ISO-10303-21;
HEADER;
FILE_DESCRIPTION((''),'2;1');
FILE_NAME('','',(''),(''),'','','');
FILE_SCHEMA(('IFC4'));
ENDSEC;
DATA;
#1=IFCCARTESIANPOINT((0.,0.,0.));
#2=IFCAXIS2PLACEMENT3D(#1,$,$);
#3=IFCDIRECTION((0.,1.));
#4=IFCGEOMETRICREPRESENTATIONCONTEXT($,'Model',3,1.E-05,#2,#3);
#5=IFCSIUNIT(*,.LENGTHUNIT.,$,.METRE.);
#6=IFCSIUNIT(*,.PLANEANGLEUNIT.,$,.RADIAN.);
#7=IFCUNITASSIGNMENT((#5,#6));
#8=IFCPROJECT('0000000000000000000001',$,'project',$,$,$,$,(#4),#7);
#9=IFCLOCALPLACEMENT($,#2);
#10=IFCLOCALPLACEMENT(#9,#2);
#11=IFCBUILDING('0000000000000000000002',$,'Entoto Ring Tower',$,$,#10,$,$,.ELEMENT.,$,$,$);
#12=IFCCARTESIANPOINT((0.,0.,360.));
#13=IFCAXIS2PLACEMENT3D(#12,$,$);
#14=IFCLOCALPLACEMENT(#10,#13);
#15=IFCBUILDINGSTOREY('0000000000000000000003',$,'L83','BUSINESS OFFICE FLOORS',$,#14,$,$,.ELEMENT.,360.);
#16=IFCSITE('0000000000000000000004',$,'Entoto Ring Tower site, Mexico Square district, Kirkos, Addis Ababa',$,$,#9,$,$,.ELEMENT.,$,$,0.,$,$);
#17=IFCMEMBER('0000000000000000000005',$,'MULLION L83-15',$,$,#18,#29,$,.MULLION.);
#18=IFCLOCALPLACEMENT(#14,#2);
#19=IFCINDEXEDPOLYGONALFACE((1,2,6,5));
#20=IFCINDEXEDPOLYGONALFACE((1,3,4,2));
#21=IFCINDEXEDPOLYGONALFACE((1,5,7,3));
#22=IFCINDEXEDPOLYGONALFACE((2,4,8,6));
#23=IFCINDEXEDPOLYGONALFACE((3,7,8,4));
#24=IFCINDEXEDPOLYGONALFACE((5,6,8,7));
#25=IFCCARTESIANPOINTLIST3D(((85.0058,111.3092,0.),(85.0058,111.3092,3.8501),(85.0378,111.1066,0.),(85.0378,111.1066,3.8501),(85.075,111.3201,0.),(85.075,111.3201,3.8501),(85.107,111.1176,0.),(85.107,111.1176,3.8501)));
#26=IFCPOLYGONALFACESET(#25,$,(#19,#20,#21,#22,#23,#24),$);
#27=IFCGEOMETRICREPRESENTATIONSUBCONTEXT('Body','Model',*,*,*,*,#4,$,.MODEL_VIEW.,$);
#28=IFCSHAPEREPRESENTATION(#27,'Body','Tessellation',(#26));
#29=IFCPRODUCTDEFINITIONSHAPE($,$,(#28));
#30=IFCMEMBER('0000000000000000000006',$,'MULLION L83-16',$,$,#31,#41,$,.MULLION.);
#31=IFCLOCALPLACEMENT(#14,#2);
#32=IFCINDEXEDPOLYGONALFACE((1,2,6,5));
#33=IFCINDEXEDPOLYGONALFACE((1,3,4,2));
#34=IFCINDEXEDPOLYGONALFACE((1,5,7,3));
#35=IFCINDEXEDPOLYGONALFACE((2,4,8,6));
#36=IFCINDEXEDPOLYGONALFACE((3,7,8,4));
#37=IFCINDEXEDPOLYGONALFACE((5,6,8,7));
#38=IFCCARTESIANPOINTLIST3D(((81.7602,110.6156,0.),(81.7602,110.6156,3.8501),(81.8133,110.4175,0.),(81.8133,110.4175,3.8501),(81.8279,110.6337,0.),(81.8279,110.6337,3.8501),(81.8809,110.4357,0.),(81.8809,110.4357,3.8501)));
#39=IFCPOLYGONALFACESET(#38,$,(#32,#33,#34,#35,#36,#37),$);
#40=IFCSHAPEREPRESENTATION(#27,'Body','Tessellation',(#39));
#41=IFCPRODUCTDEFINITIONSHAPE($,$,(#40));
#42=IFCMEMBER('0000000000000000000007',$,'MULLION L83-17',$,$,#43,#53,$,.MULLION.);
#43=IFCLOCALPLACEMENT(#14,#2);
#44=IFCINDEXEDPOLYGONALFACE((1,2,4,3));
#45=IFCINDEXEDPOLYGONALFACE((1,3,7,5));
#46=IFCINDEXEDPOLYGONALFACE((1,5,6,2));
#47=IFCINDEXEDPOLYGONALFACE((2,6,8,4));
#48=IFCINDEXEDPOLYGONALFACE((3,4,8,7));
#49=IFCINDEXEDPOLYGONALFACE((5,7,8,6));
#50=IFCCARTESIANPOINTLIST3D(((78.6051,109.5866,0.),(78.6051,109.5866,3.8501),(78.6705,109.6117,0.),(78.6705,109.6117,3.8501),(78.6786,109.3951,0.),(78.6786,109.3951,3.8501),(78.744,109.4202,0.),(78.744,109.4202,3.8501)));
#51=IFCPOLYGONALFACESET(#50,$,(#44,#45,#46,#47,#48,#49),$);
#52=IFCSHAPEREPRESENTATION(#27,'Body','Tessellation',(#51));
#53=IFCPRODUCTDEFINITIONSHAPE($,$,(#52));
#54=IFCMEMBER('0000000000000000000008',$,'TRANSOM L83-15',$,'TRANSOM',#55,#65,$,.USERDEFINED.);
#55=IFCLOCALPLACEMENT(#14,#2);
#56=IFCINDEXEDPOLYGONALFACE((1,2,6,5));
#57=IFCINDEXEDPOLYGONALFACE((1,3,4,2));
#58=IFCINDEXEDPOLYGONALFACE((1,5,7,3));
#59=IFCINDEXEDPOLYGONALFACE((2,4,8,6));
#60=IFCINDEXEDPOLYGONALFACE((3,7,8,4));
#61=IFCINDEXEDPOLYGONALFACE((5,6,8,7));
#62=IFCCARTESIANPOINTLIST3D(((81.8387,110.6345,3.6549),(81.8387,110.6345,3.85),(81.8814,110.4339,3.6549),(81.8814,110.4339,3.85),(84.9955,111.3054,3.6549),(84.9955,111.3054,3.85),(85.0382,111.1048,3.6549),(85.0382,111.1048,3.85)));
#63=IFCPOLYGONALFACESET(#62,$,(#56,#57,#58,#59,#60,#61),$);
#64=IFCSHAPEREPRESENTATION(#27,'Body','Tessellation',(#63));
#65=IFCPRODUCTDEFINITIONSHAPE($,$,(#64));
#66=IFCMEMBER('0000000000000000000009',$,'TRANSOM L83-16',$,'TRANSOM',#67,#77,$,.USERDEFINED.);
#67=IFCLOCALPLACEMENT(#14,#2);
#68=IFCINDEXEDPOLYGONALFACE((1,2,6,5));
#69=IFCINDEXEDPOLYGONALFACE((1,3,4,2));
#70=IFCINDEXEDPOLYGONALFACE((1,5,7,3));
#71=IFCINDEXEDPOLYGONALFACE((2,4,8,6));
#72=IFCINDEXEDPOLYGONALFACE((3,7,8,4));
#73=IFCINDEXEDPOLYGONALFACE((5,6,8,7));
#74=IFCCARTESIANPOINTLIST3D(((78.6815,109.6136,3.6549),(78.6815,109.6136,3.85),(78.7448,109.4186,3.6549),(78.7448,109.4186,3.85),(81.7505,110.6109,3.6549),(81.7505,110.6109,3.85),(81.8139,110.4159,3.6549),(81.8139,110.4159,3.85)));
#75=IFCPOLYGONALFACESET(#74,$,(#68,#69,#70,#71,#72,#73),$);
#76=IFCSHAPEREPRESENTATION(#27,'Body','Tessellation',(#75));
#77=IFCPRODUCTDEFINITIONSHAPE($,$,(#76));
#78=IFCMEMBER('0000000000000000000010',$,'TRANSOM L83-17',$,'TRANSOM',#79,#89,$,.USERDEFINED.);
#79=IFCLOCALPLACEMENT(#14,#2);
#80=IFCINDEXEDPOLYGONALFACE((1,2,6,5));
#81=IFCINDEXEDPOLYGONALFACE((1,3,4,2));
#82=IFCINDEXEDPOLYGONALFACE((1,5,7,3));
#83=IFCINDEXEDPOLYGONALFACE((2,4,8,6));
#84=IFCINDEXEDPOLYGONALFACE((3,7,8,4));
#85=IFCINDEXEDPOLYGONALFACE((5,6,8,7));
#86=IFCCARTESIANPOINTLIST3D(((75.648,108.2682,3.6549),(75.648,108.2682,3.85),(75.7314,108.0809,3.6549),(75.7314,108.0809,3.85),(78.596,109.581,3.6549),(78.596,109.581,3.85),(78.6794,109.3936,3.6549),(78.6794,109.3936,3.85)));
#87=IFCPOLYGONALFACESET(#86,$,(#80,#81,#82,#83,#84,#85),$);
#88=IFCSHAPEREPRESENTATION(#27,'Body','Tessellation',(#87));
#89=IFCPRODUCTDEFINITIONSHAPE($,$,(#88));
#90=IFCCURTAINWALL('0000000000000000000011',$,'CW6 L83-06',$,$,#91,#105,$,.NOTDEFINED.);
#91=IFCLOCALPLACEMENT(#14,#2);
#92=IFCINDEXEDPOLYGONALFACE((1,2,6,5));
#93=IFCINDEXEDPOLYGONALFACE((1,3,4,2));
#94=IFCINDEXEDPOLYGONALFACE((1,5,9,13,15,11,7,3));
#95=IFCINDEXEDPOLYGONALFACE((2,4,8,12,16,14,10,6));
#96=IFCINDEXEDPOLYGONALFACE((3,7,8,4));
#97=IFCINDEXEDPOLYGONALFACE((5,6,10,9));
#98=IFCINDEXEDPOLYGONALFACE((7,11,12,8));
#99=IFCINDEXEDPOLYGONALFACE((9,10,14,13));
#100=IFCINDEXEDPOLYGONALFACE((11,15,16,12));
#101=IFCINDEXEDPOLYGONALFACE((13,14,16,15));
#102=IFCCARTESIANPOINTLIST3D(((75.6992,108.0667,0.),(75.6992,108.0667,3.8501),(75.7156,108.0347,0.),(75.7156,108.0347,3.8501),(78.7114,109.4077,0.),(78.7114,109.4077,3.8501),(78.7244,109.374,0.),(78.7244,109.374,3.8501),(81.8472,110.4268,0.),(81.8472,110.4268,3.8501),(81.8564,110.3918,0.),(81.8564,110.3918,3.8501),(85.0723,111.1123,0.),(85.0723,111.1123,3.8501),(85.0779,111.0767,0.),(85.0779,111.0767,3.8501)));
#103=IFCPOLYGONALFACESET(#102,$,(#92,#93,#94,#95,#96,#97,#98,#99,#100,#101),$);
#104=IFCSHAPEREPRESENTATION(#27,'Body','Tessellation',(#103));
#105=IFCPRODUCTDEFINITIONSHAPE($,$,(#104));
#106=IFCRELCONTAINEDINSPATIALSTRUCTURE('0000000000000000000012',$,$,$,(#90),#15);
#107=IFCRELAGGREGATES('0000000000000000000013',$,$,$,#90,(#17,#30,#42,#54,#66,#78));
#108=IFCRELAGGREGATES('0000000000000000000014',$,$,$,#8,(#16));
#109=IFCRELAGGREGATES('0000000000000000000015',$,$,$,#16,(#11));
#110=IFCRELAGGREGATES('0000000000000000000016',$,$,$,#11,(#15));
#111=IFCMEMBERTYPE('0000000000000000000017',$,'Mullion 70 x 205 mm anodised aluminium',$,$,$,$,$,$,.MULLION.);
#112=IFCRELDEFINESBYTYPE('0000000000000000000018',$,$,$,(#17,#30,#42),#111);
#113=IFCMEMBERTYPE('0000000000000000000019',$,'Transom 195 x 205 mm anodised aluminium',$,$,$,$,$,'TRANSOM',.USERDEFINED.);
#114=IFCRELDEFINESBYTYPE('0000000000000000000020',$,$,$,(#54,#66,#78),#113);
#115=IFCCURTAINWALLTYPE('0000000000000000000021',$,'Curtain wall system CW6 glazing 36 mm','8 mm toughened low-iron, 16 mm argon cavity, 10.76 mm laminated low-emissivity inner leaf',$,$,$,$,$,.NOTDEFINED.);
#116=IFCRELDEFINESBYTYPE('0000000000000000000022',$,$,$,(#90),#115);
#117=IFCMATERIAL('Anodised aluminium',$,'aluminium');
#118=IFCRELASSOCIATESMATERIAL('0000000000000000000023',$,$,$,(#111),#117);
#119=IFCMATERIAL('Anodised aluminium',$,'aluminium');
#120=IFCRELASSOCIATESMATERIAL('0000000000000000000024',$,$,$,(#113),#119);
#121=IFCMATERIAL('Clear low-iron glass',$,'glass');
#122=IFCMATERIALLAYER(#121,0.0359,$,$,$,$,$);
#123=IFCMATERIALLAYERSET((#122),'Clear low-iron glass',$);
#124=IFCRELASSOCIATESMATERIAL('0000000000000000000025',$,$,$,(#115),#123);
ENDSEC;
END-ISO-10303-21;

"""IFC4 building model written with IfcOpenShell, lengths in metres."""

from ifc_helpers import new_model, si_unit, direction, frame, origin, origin_2d, place, context, subcontext, project, spatial, polyline, rectangle, outline, extrude, material, layer, layer_set, material_profile, profile_set, type_object, element, aggregate, save


model = new_model("IFC4")

# Units and contexts
model_context = context("Model", 3, precision=1e-05, world=origin(), true_north=direction((0.0, 1.0)))
body_context = subcontext(model_context, "Body", "Model", "MODEL_VIEW")
ifc_project = project(units=[si_unit("LENGTHUNIT", "METRE"), si_unit("PLANEANGLEUNIT", "RADIAN")], contexts=[model_context])

# Members
ifc_material_1 = material(Name="Anodised aluminium", Category="aluminium")
ifc_material_profile_1 = material_profile(ifc_material_1, rectangle(XDim=0.0701, YDim=0.2051, at=origin_2d()), Name="Mullion 70 x 205 mm anodised aluminium")
ifc_profile_set_1 = profile_set([ifc_material_profile_1], Name="Anodised aluminium")
member_type_1 = type_object("IfcMemberType", Name="Mullion 70 x 205 mm anodised aluminium", PredefinedType="MULLION", material=ifc_profile_set_1)
site_placement = place(None, origin())
building_placement = place(site_placement, origin())
storey_placement = place(building_placement, frame((0.0, 0.0, 360.0)))
member_1_placement = place(storey_placement, frame((85.0564, 111.2134, 0.0), z_axis=(0.0, 0.0, 1.0), x_axis=(-0.987688, -0.156434, 0.0)))
member_1 = element("IfcMember", 1, at=member_1_placement, type_object=member_type_1, Name="MULLION L83-15", PredefinedType="MULLION", context=body_context, shape_type="SweptSolid", body=[
    extrude(rectangle(XDim=0.0701, YDim=0.2051, at=origin_2d()), origin(), (0.0, 0.0, 1.0), 3.8501),
])
member_2_placement = place(storey_placement, frame((81.8206, 110.5256, 0.0), z_axis=(0.0, 0.0, 1.0), x_axis=(-0.965926, -0.258819, 0.0)))
member_2 = element("IfcMember", 2, at=member_2_placement, type_object=member_type_1, Name="MULLION L83-16", PredefinedType="MULLION", context=body_context, shape_type="SweptSolid", body=[
    extrude(rectangle(XDim=0.0701, YDim=0.2051, at=origin_2d()), origin(), (0.0, 0.0, 1.0), 3.8501),
])
member_3_placement = place(storey_placement, frame((78.6746, 109.5034, 0.0), z_axis=(0.0, 0.0, 1.0), x_axis=(-0.93358, -0.358368, 0.0)))
member_3 = element("IfcMember", 3, at=member_3_placement, type_object=member_type_1, Name="MULLION L83-17", PredefinedType="MULLION", context=body_context, shape_type="SweptSolid", body=[
    extrude(rectangle(XDim=0.0701, YDim=0.2051, at=origin_2d()), origin(), (0.0, 0.0, 1.0), 3.8501),
])
ifc_material_2 = material(Name="Anodised aluminium", Category="aluminium")
ifc_material_profile_2 = material_profile(ifc_material_2, rectangle(XDim=0.2051, YDim=0.1951, at=origin_2d()), Name="Transom 195 x 205 mm anodised aluminium")
ifc_profile_set_2 = profile_set([ifc_material_profile_2], Name="Anodised aluminium")
member_type_2 = type_object("IfcMemberType", Name="Transom 195 x 205 mm anodised aluminium", ElementType="TRANSOM", PredefinedType="USERDEFINED", material=ifc_profile_set_2)
member_4_placement = place(storey_placement, frame((85.0168, 111.2051, 3.7524), z_axis=(-0.978153, -0.207886, 0.0), x_axis=(0.207886, -0.978153, 0.0)))
member_4 = element("IfcMember", 4, at=member_4_placement, type_object=member_type_2, Name="TRANSOM L83-15", ObjectType="TRANSOM", PredefinedType="USERDEFINED", context=body_context, shape_type="SweptSolid", body=[
    extrude(rectangle(XDim=0.2051, YDim=0.1951, at=origin_2d()), origin(), (0.0, 0.0, 1.0), 3.2273),
])
member_5_placement = place(storey_placement, frame((81.7822, 110.5134, 3.7524), z_axis=(-0.951047, -0.309047, 0.0), x_axis=(0.309047, -0.951047, 0.0)))
member_5 = element("IfcMember", 5, at=member_5_placement, type_object=member_type_2, Name="TRANSOM L83-16", ObjectType="TRANSOM", PredefinedType="USERDEFINED", context=body_context, shape_type="SweptSolid", body=[
    extrude(rectangle(XDim=0.2051, YDim=0.1951, at=origin_2d()), origin(), (0.0, 0.0, 1.0), 3.2271),
])
member_6_placement = place(storey_placement, frame((78.6377, 109.4873, 3.7524), z_axis=(-0.913521, -0.406791, 0.0), x_axis=(0.406791, -0.913521, 0.0)))
member_6 = element("IfcMember", 6, at=member_6_placement, type_object=member_type_2, Name="TRANSOM L83-17", ObjectType="TRANSOM", PredefinedType="USERDEFINED", context=body_context, shape_type="SweptSolid", body=[
    extrude(rectangle(XDim=0.2051, YDim=0.1951, at=origin_2d()), origin(), (0.0, 0.0, 1.0), 3.2271),
])

# Site, building, storey
site = spatial("IfcSite", under=ifc_project, at=site_placement, Name="Entoto Ring Tower site, Mexico Square district, Kirkos, Addis Ababa", CompositionType="ELEMENT", RefElevation=0.0)
building = spatial("IfcBuilding", under=site, at=building_placement, Name="Entoto Ring Tower", CompositionType="ELEMENT")
storey = spatial("IfcBuildingStorey", under=building, at=storey_placement, Name="L83", Description="BUSINESS OFFICE FLOORS", CompositionType="ELEMENT", Elevation=360.0)

# Curtain wall
ifc_material_3 = material(Name="Clear low-iron glass", Category="glass")
ifc_layer = layer(ifc_material_3, 0.0359)
ifc_layer_set = layer_set([ifc_layer], Name="Clear low-iron glass")
curtain_wall_type = type_object("IfcCurtainWallType", Name="Curtain wall system CW6 glazing 36 mm", Description="8 mm toughened low-iron, 16 mm argon cavity, 10.76 mm laminated low-emissivity inner leaf", PredefinedType="NOTDEFINED", material=ifc_layer_set)
curtain_wall_1_placement = place(storey_placement, origin())
curtain_wall_1 = element("IfcCurtainWall", 7, at=curtain_wall_1_placement, inside=storey, type_object=curtain_wall_type, Name="CW6 L83-06", PredefinedType="NOTDEFINED", context=body_context, shape_type="SweptSolid", body=[
    extrude(outline(polyline([(85.0723, 111.1123), (81.8472, 110.4268), (78.7114, 109.4077), (75.6992, 108.0667), (75.7156, 108.0347), (78.7244, 109.374), (81.8564, 110.3918), (85.0779, 111.0767), (85.0723, 111.1123)])), origin(), (0.0, 0.0, 1.0), 3.8501),
])
aggregate(curtain_wall_1, [member_1, member_2, member_3, member_4, member_5, member_6])

save(model, "model.ifc")
